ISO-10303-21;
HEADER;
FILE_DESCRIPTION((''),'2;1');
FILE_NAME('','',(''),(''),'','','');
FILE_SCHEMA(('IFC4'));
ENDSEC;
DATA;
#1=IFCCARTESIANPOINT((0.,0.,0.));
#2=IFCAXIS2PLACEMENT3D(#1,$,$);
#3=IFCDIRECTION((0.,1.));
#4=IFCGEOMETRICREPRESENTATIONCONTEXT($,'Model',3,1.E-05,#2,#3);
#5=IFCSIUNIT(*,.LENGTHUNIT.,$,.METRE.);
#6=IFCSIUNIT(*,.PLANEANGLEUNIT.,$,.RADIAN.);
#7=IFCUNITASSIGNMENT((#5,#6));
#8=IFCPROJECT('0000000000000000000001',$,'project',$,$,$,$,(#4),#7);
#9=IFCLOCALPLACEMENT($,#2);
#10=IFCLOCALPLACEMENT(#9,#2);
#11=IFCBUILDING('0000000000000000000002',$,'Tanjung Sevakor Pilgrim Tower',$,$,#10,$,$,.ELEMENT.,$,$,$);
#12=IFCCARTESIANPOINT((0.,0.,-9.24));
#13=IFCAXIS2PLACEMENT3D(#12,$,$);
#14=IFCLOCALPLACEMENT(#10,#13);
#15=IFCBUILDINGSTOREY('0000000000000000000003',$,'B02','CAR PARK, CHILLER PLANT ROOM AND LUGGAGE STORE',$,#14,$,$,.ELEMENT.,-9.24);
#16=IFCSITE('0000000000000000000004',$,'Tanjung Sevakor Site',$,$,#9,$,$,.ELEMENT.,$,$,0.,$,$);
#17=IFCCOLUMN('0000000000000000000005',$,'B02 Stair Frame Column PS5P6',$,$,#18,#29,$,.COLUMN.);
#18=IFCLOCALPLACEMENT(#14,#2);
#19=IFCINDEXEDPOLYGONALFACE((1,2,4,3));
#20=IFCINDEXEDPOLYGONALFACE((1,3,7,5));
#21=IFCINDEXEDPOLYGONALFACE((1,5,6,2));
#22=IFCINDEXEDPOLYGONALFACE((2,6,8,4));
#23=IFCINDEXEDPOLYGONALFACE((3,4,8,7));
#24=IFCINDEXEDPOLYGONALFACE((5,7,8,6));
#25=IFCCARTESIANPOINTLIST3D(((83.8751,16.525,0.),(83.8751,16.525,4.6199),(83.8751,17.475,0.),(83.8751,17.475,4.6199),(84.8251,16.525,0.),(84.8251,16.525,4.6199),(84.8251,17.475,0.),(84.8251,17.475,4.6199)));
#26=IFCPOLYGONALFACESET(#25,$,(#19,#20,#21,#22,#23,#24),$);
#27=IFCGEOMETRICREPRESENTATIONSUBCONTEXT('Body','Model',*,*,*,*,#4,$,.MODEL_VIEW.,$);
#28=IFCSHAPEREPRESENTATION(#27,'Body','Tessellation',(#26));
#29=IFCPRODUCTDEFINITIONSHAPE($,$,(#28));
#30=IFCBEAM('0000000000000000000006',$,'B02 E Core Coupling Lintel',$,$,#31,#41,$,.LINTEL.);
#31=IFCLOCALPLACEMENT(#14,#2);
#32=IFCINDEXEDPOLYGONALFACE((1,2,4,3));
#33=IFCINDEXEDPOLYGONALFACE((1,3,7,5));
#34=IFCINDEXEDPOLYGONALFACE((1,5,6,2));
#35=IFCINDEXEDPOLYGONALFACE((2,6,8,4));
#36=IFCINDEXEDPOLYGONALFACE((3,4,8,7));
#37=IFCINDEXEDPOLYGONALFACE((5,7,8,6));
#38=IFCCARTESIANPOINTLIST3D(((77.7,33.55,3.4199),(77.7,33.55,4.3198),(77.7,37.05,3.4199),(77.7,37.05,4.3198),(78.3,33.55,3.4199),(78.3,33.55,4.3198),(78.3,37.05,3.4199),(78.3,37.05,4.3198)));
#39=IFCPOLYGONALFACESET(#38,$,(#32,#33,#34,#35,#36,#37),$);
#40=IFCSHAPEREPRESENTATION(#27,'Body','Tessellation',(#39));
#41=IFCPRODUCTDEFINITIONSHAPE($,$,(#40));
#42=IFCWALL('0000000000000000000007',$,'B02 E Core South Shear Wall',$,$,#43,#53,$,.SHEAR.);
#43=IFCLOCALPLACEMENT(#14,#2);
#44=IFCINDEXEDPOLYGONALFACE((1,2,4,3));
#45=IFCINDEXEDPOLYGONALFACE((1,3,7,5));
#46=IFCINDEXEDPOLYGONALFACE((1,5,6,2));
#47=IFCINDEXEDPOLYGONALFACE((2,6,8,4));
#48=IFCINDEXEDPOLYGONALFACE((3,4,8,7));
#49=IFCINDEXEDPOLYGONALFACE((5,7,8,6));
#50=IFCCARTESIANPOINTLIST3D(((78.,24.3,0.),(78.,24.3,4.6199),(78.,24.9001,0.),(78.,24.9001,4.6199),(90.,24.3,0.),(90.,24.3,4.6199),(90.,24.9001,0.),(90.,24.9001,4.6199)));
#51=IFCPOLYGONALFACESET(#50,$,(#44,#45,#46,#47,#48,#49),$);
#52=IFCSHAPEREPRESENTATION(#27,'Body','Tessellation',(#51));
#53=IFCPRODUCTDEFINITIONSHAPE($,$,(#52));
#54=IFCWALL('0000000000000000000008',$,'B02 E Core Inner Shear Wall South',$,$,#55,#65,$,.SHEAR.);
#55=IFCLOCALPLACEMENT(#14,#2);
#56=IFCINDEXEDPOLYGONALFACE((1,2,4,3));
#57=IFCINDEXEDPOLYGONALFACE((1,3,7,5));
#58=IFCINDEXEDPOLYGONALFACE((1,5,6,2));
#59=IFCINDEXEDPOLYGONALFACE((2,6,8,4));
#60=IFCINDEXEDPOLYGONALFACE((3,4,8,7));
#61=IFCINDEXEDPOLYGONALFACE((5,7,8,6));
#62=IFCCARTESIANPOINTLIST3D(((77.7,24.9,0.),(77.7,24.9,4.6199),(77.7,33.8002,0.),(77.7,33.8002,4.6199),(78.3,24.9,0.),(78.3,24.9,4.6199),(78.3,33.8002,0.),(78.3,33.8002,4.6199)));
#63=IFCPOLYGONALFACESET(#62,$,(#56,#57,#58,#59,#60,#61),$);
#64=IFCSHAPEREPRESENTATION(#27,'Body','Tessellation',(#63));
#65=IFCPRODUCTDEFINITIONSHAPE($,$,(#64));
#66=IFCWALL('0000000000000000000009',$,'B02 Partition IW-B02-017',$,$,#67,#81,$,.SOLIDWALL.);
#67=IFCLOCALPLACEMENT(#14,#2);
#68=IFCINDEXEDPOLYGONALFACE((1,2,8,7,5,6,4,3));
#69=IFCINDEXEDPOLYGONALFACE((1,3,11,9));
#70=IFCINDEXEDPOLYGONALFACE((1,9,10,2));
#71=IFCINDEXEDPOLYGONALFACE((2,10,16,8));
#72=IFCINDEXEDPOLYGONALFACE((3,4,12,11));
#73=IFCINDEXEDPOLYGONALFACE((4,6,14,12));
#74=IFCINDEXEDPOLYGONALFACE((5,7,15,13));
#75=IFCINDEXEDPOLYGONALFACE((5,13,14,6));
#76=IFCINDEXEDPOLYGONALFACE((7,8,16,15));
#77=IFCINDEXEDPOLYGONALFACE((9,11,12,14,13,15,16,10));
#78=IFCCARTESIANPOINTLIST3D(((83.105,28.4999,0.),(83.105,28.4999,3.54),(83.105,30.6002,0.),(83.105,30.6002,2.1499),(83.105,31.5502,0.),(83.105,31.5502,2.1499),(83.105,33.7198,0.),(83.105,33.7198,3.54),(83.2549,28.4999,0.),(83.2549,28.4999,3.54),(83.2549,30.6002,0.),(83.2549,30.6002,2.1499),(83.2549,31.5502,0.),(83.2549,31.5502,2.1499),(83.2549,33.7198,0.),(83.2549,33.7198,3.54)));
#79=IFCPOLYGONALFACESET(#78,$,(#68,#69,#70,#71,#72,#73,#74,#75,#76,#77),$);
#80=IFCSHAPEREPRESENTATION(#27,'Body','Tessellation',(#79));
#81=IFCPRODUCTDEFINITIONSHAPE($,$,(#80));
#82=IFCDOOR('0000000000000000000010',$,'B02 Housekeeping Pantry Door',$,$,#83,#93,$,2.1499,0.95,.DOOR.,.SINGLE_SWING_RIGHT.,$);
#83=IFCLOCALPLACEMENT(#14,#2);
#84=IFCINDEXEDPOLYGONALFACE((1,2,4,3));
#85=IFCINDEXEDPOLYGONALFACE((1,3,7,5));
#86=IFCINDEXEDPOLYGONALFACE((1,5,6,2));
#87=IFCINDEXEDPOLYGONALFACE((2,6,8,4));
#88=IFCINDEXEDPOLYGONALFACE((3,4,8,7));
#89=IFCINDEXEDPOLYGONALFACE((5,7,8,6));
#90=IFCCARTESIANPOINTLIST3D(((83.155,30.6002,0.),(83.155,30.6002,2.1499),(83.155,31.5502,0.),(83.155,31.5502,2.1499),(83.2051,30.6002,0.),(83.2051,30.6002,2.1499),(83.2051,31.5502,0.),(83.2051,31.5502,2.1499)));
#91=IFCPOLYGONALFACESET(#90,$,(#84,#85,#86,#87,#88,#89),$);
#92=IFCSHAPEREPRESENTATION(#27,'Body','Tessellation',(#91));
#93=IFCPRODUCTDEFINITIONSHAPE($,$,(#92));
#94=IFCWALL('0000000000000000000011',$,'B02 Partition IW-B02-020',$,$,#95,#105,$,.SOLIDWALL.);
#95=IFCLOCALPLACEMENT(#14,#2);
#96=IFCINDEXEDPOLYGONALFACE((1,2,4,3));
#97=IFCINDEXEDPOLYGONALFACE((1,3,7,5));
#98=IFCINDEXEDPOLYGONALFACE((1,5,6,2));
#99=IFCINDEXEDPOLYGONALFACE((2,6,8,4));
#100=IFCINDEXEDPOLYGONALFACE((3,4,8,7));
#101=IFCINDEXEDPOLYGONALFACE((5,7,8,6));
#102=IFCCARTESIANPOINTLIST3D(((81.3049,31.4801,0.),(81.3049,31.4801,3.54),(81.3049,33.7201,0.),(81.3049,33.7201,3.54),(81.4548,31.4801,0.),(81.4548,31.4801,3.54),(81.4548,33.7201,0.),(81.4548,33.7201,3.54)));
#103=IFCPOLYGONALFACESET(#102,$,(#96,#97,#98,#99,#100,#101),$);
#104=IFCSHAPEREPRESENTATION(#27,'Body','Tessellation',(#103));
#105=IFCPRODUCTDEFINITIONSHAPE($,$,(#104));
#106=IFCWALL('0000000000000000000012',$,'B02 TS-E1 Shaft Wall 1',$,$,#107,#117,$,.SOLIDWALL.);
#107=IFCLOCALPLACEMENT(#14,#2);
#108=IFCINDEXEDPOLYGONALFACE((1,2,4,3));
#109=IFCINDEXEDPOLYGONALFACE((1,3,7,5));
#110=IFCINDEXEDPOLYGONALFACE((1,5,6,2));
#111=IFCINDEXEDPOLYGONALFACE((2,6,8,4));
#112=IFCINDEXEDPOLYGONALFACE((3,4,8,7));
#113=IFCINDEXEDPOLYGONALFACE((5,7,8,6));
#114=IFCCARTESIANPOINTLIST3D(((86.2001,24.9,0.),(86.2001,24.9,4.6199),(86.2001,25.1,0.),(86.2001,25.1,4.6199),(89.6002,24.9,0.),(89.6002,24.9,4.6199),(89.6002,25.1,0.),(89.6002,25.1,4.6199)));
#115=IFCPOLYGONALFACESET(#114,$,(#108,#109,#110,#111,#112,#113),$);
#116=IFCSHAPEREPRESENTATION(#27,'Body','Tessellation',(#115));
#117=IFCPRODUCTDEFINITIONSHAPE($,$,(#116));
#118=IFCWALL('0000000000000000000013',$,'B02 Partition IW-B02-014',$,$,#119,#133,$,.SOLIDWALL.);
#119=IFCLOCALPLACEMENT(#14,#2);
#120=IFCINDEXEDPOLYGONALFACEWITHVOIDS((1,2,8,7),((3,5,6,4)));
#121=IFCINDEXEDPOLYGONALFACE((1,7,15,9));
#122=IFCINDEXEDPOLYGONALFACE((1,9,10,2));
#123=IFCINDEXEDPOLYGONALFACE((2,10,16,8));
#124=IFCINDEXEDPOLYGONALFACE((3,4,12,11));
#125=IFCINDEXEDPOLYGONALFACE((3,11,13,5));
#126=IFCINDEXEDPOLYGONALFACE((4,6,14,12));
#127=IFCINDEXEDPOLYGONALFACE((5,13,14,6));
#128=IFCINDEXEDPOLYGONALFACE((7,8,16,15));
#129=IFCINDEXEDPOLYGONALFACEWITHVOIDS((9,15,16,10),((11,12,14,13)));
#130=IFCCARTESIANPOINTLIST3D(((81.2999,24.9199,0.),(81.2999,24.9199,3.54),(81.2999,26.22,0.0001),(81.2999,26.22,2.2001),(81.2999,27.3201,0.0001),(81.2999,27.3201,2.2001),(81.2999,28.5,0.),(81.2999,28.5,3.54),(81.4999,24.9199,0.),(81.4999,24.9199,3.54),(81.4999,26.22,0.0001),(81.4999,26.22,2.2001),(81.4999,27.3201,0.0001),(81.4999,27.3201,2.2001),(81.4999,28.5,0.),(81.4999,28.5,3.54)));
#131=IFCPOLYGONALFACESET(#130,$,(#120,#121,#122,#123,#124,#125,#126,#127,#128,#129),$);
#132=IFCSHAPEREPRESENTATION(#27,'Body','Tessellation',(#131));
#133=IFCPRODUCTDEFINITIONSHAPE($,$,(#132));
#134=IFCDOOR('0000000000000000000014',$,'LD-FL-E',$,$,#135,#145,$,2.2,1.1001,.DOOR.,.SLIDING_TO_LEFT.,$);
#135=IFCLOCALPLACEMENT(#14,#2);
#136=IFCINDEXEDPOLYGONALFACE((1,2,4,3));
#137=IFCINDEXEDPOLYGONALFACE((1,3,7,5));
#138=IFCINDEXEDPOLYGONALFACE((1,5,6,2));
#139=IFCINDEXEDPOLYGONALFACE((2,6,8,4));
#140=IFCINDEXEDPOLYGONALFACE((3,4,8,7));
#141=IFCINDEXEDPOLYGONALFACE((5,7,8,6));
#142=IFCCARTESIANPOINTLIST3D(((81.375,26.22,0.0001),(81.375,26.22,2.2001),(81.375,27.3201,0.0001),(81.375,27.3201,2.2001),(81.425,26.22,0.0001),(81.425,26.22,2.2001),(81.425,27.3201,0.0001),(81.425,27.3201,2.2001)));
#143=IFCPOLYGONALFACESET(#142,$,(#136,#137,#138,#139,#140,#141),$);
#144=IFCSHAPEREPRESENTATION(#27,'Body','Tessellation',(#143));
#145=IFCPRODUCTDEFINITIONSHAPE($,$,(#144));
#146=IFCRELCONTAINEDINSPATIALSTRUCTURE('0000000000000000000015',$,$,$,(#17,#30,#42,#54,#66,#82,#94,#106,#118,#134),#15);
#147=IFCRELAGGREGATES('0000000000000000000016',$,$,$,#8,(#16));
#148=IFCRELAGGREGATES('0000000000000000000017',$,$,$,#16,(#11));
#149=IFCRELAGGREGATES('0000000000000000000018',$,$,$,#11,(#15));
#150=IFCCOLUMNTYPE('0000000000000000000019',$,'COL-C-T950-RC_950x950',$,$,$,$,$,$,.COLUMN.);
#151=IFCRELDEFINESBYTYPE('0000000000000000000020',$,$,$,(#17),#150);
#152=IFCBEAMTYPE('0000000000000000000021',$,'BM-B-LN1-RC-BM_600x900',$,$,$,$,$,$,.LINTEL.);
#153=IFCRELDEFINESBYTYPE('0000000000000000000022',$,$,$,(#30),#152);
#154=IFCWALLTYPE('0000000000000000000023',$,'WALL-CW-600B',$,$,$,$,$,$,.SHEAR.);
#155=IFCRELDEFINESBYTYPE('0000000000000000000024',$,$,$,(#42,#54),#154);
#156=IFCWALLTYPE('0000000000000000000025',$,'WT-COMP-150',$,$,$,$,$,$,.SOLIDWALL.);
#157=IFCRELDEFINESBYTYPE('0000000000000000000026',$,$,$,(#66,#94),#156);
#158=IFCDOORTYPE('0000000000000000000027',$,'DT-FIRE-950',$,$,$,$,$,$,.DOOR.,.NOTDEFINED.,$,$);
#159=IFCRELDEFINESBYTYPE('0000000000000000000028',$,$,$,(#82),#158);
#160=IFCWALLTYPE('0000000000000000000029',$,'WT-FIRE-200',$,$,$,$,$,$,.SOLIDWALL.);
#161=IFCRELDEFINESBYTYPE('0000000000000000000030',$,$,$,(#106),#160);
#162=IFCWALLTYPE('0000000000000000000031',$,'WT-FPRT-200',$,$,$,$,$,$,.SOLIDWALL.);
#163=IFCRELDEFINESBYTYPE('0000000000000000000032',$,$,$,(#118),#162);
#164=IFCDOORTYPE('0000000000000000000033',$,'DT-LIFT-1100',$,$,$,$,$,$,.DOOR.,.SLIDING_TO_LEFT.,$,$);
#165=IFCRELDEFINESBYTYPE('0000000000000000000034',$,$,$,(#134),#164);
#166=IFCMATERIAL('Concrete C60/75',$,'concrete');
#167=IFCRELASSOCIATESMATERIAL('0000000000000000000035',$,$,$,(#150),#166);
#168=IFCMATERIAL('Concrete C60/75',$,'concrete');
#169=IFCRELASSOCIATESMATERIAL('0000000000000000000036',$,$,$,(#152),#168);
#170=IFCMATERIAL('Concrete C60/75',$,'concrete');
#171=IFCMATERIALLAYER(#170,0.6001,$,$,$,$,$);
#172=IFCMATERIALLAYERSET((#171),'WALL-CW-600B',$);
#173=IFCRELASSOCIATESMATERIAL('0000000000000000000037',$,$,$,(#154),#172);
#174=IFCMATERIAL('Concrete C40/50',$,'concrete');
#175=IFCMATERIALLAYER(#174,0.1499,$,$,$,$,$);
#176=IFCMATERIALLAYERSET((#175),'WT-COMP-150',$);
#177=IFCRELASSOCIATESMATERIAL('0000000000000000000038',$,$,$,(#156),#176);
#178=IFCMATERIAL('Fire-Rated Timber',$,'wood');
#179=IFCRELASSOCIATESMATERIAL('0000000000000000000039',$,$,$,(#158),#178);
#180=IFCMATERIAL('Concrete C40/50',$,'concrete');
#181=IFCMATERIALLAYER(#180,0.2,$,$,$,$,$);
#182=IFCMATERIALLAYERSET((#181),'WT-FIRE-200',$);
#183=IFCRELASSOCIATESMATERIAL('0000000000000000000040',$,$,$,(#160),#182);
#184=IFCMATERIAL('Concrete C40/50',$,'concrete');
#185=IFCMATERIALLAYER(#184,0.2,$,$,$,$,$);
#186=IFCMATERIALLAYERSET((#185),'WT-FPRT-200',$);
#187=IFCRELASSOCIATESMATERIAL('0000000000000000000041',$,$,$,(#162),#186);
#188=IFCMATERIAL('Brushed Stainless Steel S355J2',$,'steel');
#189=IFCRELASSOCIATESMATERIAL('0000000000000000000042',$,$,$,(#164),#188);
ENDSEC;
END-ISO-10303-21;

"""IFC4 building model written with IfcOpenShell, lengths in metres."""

from ifc_helpers import new_model, si_unit, direction, frame, frame_2d, origin, origin_2d, place, context, subcontext, project, spatial, rectangle, extrude, material, layer, layer_set, material_profile, profile_set, type_object, element, fill, save


model = new_model("IFC4")

# Units and contexts
model_context = context("Model", 3, precision=1e-05, world=origin(), true_north=direction((0.0, 1.0)))
body_context = subcontext(model_context, "Body", "Model", "MODEL_VIEW")
ifc_project = project(units=[si_unit("LENGTHUNIT", "METRE"), si_unit("PLANEANGLEUNIT", "RADIAN")], contexts=[model_context])

# Site, building, storey
site_placement = place(None, origin())
site = spatial("IfcSite", under=ifc_project, at=site_placement, Name="Tanjung Sevakor Site", CompositionType="ELEMENT", RefElevation=0.0)
building_placement = place(site_placement, origin())
building = spatial("IfcBuilding", under=site, at=building_placement, Name="Tanjung Sevakor Pilgrim Tower", CompositionType="ELEMENT")
storey_placement = place(building_placement, frame((0.0, 0.0, -9.24)))
storey = spatial("IfcBuildingStorey", under=building, at=storey_placement, Name="B02", Description="CAR PARK, CHILLER PLANT ROOM AND LUGGAGE STORE", CompositionType="ELEMENT", Elevation=-9.24)

# Column
ifc_material_1 = material(Name="Concrete C60/75", Category="concrete")
ifc_material_profile_1 = material_profile(ifc_material_1, rectangle(XDim=0.95, YDim=0.95, at=origin_2d()))
ifc_profile_set_1 = profile_set([ifc_material_profile_1], Name="Concrete C60/75")
column_type_1 = type_object("IfcColumnType", Name="COL-C-T950-RC_950x950", PredefinedType="COLUMN", material=ifc_profile_set_1)
for number, where, z_axis, x_axis, name in (
    (1, (84.3501, 17.0, 0.0), (0.0, 0.0, 1.0), (1.0, 0.0, 0.0), "B02 Stair Frame Column PS5P6"),
):
    element("IfcColumn", number, at=place(storey_placement, frame(where, z_axis=z_axis, x_axis=x_axis)), inside=storey, type_object=column_type_1, Name=name, PredefinedType="COLUMN", context=body_context, shape_type="SweptSolid", body=[
        extrude(rectangle(XDim=0.95, YDim=0.95, at=origin_2d()), origin(), (0.0, 0.0, 1.0), 4.6199),
    ])

# Beam
ifc_material_2 = material(Name="Concrete C60/75", Category="concrete")
ifc_material_profile_2 = material_profile(ifc_material_2, rectangle(XDim=0.6001, YDim=0.8999, at=origin_2d()))
ifc_profile_set_2 = profile_set([ifc_material_profile_2], Name="Concrete C60/75")
beam_type = type_object("IfcBeamType", Name="BM-B-LN1-RC-BM_600x900", PredefinedType="LINTEL", material=ifc_profile_set_2)
beam_placement = place(storey_placement, frame((78.0, 33.55, 3.8699), z_axis=(0.0, 1.0, 0.0), x_axis=(-1.0, 0.0, 0.0)))
element("IfcBeam", 2, at=beam_placement, inside=storey, type_object=beam_type, Name="B02 E Core Coupling Lintel", PredefinedType="LINTEL", context=body_context, shape_type="SweptSolid", body=[
    extrude(rectangle(XDim=0.6001, YDim=0.8999, at=origin_2d()), origin(), (0.0, 0.0, 1.0), 3.5),
])

# Walls
ifc_material_3 = material(Name="Concrete C60/75", Category="concrete")
ifc_layer_1 = layer(ifc_material_3, 0.6001)
ifc_layer_set_1 = layer_set([ifc_layer_1], Name="WALL-CW-600B")
wall_type_1 = type_object("IfcWallType", Name="WALL-CW-600B", PredefinedType="SHEAR", material=ifc_layer_set_1)
wall_1_placement = place(storey_placement, frame((78.0, 24.6001, 0.0), z_axis=(0.0, 0.0, 1.0), x_axis=(1.0, 0.0, 0.0)))
element("IfcWall", 3, at=wall_1_placement, inside=storey, type_object=wall_type_1, Name="B02 E Core South Shear Wall", PredefinedType="SHEAR", context=body_context, shape_type="SweptSolid", body=[
    extrude(rectangle(XDim=12.0, YDim=0.6001, at=frame_2d((6.0, 0.0))), origin(), (0.0, 0.0, 1.0), 4.6199),
])
wall_2_placement = place(storey_placement, frame((78.0, 24.8999, 0.0), z_axis=(0.0, 0.0, 1.0), x_axis=(0.0, 1.0, 0.0)))
element("IfcWall", 4, at=wall_2_placement, inside=storey, type_object=wall_type_1, Name="B02 E Core Inner Shear Wall South", PredefinedType="SHEAR", context=body_context, shape_type="SweptSolid", body=[
    extrude(rectangle(XDim=8.9001, YDim=0.6001, at=frame_2d((4.4502, 0.0))), origin(), (0.0, 0.0, 1.0), 4.6199),
])

# Wall, opening, door
ifc_material_4 = material(Name="Concrete C40/50", Category="concrete")
ifc_layer_2 = layer(ifc_material_4, 0.1499)
ifc_layer_set_2 = layer_set([ifc_layer_2], Name="WT-COMP-150")
wall_type_2 = type_object("IfcWallType", Name="WT-COMP-150", PredefinedType="SOLIDWALL", material=ifc_layer_set_2)
wall_3_placement = place(storey_placement, frame((83.1799, 28.5, 0.0), z_axis=(0.0, 0.0, 1.0), x_axis=(0.0, 1.0, 0.0)))
wall_3 = element("IfcWall", 5, at=wall_3_placement, inside=storey, type_object=wall_type_2, Name="B02 Partition IW-B02-017", PredefinedType="SOLIDWALL", context=body_context, shape_type="SweptSolid", body=[
    extrude(rectangle(XDim=5.22, YDim=0.1499, at=frame_2d((2.6099, 0.0))), origin(), (0.0, 0.0, 1.0), 3.54),
])
opening_1_placement = place(wall_3_placement, frame((2.1001, 0.0, 0.0)))
opening_1 = element("IfcOpeningElement", 6, at=opening_1_placement, cuts=wall_3, PredefinedType="OPENING", context=body_context, shape_type="SweptSolid", body=[
    extrude(rectangle(XDim=0.95, YDim=2.1499, at=frame_2d((0.4751, 1.075))), frame((0.0, 0.085, 0.0), z_axis=(0.0, -1.0, 0.0), x_axis=(1.0, 0.0, 0.0)), (0.0, 0.0, 1.0), 0.1699),
])
ifc_material_5 = material(Name="Fire-Rated Timber", Category="wood")
door_type_1 = type_object("IfcDoorType", Name="DT-FIRE-950", OperationType="NOTDEFINED", PredefinedType="DOOR", material=ifc_material_5)
door_1_placement = place(opening_1_placement, origin())
door_1 = element("IfcDoor", 7, at=door_1_placement, inside=storey, type_object=door_type_1, Name="B02 Housekeeping Pantry Door", OperationType="SINGLE_SWING_RIGHT", OverallHeight=2.1499, OverallWidth=0.95, PredefinedType="DOOR", context=body_context, shape_type="SweptSolid", body=[
    extrude(rectangle(XDim=0.95, YDim=2.1499, at=frame_2d((0.4751, 1.075))), frame((0.0, 0.0249, 0.0), z_axis=(0.0, -1.0, 0.0), x_axis=(1.0, 0.0, 0.0)), (0.0, 0.0, 1.0), 0.05),
])
fill(opening_1, door_1)

# Walls
wall_4_placement = place(storey_placement, frame((81.3799, 31.48, 0.0), z_axis=(0.0, 0.0, 1.0), x_axis=(0.0, 1.0, 0.0)))
element("IfcWall", 8, at=wall_4_placement, inside=storey, type_object=wall_type_2, Name="B02 Partition IW-B02-020", PredefinedType="SOLIDWALL", context=body_context, shape_type="SweptSolid", body=[
    extrude(rectangle(XDim=2.24, YDim=0.1499, at=frame_2d((1.1201, 0.0))), origin(), (0.0, 0.0, 1.0), 3.54),
])
ifc_material_6 = material(Name="Concrete C40/50", Category="concrete")
ifc_layer_3 = layer(ifc_material_6, 0.2)
ifc_layer_set_3 = layer_set([ifc_layer_3], Name="WT-FIRE-200")
wall_type_3 = type_object("IfcWallType", Name="WT-FIRE-200", PredefinedType="SOLIDWALL", material=ifc_layer_set_3)
wall_5_placement = place(storey_placement, frame((86.2, 25.0, 0.0), z_axis=(0.0, 0.0, 1.0), x_axis=(1.0, 0.0, 0.0)))
element("IfcWall", 9, at=wall_5_placement, inside=storey, type_object=wall_type_3, Name="B02 TS-E1 Shaft Wall 1", PredefinedType="SOLIDWALL", context=body_context, shape_type="SweptSolid", body=[
    extrude(rectangle(XDim=3.4001, YDim=0.2, at=frame_2d((1.7002, 0.0))), origin(), (0.0, 0.0, 1.0), 4.6199),
])

# Wall, opening, door
ifc_material_7 = material(Name="Concrete C40/50", Category="concrete")
ifc_layer_4 = layer(ifc_material_7, 0.2)
ifc_layer_set_4 = layer_set([ifc_layer_4], Name="WT-FPRT-200")
wall_type_4 = type_object("IfcWallType", Name="WT-FPRT-200", PredefinedType="SOLIDWALL", material=ifc_layer_set_4)
wall_6_placement = place(storey_placement, frame((81.3999, 24.9199, 0.0), z_axis=(0.0, 0.0, 1.0), x_axis=(0.0, 1.0, 0.0)))
wall_6 = element("IfcWall", 10, at=wall_6_placement, inside=storey, type_object=wall_type_4, Name="B02 Partition IW-B02-014", PredefinedType="SOLIDWALL", context=body_context, shape_type="SweptSolid", body=[
    extrude(rectangle(XDim=3.5801, YDim=0.2, at=frame_2d((1.79, 0.0))), origin(), (0.0, 0.0, 1.0), 3.54),
])
opening_2_placement = place(wall_6_placement, frame((1.3, 0.0, 0.0)))
opening_2 = element("IfcOpeningElement", 11, at=opening_2_placement, cuts=wall_6, PredefinedType="OPENING", context=body_context, shape_type="SweptSolid", body=[
    extrude(rectangle(XDim=1.1001, YDim=2.2, at=frame_2d((0.55, 1.1001))), frame((0.0, 0.1099, 0.0), z_axis=(0.0, -1.0, 0.0), x_axis=(1.0, 0.0, 0.0)), (0.0, 0.0, 1.0), 0.22),
])
ifc_material_8 = material(Name="Brushed Stainless Steel S355J2", Category="steel")
door_type_2 = type_object("IfcDoorType", Name="DT-LIFT-1100", OperationType="SLIDING_TO_LEFT", PredefinedType="DOOR", material=ifc_material_8)
door_2_placement = place(opening_2_placement, origin())
door_2 = element("IfcDoor", 12, at=door_2_placement, inside=storey, type_object=door_type_2, Name="LD-FL-E", OperationType="SLIDING_TO_LEFT", OverallHeight=2.2, OverallWidth=1.1001, PredefinedType="DOOR", context=body_context, shape_type="SweptSolid", body=[
    extrude(rectangle(XDim=1.1001, YDim=2.2, at=frame_2d((0.55, 1.1001))), frame((0.0, 0.0249, 0.0), z_axis=(0.0, -1.0, 0.0), x_axis=(1.0, 0.0, 0.0)), (0.0, 0.0, 1.0), 0.05),
])
fill(opening_2, door_2)

save(model, "model.ifc")
